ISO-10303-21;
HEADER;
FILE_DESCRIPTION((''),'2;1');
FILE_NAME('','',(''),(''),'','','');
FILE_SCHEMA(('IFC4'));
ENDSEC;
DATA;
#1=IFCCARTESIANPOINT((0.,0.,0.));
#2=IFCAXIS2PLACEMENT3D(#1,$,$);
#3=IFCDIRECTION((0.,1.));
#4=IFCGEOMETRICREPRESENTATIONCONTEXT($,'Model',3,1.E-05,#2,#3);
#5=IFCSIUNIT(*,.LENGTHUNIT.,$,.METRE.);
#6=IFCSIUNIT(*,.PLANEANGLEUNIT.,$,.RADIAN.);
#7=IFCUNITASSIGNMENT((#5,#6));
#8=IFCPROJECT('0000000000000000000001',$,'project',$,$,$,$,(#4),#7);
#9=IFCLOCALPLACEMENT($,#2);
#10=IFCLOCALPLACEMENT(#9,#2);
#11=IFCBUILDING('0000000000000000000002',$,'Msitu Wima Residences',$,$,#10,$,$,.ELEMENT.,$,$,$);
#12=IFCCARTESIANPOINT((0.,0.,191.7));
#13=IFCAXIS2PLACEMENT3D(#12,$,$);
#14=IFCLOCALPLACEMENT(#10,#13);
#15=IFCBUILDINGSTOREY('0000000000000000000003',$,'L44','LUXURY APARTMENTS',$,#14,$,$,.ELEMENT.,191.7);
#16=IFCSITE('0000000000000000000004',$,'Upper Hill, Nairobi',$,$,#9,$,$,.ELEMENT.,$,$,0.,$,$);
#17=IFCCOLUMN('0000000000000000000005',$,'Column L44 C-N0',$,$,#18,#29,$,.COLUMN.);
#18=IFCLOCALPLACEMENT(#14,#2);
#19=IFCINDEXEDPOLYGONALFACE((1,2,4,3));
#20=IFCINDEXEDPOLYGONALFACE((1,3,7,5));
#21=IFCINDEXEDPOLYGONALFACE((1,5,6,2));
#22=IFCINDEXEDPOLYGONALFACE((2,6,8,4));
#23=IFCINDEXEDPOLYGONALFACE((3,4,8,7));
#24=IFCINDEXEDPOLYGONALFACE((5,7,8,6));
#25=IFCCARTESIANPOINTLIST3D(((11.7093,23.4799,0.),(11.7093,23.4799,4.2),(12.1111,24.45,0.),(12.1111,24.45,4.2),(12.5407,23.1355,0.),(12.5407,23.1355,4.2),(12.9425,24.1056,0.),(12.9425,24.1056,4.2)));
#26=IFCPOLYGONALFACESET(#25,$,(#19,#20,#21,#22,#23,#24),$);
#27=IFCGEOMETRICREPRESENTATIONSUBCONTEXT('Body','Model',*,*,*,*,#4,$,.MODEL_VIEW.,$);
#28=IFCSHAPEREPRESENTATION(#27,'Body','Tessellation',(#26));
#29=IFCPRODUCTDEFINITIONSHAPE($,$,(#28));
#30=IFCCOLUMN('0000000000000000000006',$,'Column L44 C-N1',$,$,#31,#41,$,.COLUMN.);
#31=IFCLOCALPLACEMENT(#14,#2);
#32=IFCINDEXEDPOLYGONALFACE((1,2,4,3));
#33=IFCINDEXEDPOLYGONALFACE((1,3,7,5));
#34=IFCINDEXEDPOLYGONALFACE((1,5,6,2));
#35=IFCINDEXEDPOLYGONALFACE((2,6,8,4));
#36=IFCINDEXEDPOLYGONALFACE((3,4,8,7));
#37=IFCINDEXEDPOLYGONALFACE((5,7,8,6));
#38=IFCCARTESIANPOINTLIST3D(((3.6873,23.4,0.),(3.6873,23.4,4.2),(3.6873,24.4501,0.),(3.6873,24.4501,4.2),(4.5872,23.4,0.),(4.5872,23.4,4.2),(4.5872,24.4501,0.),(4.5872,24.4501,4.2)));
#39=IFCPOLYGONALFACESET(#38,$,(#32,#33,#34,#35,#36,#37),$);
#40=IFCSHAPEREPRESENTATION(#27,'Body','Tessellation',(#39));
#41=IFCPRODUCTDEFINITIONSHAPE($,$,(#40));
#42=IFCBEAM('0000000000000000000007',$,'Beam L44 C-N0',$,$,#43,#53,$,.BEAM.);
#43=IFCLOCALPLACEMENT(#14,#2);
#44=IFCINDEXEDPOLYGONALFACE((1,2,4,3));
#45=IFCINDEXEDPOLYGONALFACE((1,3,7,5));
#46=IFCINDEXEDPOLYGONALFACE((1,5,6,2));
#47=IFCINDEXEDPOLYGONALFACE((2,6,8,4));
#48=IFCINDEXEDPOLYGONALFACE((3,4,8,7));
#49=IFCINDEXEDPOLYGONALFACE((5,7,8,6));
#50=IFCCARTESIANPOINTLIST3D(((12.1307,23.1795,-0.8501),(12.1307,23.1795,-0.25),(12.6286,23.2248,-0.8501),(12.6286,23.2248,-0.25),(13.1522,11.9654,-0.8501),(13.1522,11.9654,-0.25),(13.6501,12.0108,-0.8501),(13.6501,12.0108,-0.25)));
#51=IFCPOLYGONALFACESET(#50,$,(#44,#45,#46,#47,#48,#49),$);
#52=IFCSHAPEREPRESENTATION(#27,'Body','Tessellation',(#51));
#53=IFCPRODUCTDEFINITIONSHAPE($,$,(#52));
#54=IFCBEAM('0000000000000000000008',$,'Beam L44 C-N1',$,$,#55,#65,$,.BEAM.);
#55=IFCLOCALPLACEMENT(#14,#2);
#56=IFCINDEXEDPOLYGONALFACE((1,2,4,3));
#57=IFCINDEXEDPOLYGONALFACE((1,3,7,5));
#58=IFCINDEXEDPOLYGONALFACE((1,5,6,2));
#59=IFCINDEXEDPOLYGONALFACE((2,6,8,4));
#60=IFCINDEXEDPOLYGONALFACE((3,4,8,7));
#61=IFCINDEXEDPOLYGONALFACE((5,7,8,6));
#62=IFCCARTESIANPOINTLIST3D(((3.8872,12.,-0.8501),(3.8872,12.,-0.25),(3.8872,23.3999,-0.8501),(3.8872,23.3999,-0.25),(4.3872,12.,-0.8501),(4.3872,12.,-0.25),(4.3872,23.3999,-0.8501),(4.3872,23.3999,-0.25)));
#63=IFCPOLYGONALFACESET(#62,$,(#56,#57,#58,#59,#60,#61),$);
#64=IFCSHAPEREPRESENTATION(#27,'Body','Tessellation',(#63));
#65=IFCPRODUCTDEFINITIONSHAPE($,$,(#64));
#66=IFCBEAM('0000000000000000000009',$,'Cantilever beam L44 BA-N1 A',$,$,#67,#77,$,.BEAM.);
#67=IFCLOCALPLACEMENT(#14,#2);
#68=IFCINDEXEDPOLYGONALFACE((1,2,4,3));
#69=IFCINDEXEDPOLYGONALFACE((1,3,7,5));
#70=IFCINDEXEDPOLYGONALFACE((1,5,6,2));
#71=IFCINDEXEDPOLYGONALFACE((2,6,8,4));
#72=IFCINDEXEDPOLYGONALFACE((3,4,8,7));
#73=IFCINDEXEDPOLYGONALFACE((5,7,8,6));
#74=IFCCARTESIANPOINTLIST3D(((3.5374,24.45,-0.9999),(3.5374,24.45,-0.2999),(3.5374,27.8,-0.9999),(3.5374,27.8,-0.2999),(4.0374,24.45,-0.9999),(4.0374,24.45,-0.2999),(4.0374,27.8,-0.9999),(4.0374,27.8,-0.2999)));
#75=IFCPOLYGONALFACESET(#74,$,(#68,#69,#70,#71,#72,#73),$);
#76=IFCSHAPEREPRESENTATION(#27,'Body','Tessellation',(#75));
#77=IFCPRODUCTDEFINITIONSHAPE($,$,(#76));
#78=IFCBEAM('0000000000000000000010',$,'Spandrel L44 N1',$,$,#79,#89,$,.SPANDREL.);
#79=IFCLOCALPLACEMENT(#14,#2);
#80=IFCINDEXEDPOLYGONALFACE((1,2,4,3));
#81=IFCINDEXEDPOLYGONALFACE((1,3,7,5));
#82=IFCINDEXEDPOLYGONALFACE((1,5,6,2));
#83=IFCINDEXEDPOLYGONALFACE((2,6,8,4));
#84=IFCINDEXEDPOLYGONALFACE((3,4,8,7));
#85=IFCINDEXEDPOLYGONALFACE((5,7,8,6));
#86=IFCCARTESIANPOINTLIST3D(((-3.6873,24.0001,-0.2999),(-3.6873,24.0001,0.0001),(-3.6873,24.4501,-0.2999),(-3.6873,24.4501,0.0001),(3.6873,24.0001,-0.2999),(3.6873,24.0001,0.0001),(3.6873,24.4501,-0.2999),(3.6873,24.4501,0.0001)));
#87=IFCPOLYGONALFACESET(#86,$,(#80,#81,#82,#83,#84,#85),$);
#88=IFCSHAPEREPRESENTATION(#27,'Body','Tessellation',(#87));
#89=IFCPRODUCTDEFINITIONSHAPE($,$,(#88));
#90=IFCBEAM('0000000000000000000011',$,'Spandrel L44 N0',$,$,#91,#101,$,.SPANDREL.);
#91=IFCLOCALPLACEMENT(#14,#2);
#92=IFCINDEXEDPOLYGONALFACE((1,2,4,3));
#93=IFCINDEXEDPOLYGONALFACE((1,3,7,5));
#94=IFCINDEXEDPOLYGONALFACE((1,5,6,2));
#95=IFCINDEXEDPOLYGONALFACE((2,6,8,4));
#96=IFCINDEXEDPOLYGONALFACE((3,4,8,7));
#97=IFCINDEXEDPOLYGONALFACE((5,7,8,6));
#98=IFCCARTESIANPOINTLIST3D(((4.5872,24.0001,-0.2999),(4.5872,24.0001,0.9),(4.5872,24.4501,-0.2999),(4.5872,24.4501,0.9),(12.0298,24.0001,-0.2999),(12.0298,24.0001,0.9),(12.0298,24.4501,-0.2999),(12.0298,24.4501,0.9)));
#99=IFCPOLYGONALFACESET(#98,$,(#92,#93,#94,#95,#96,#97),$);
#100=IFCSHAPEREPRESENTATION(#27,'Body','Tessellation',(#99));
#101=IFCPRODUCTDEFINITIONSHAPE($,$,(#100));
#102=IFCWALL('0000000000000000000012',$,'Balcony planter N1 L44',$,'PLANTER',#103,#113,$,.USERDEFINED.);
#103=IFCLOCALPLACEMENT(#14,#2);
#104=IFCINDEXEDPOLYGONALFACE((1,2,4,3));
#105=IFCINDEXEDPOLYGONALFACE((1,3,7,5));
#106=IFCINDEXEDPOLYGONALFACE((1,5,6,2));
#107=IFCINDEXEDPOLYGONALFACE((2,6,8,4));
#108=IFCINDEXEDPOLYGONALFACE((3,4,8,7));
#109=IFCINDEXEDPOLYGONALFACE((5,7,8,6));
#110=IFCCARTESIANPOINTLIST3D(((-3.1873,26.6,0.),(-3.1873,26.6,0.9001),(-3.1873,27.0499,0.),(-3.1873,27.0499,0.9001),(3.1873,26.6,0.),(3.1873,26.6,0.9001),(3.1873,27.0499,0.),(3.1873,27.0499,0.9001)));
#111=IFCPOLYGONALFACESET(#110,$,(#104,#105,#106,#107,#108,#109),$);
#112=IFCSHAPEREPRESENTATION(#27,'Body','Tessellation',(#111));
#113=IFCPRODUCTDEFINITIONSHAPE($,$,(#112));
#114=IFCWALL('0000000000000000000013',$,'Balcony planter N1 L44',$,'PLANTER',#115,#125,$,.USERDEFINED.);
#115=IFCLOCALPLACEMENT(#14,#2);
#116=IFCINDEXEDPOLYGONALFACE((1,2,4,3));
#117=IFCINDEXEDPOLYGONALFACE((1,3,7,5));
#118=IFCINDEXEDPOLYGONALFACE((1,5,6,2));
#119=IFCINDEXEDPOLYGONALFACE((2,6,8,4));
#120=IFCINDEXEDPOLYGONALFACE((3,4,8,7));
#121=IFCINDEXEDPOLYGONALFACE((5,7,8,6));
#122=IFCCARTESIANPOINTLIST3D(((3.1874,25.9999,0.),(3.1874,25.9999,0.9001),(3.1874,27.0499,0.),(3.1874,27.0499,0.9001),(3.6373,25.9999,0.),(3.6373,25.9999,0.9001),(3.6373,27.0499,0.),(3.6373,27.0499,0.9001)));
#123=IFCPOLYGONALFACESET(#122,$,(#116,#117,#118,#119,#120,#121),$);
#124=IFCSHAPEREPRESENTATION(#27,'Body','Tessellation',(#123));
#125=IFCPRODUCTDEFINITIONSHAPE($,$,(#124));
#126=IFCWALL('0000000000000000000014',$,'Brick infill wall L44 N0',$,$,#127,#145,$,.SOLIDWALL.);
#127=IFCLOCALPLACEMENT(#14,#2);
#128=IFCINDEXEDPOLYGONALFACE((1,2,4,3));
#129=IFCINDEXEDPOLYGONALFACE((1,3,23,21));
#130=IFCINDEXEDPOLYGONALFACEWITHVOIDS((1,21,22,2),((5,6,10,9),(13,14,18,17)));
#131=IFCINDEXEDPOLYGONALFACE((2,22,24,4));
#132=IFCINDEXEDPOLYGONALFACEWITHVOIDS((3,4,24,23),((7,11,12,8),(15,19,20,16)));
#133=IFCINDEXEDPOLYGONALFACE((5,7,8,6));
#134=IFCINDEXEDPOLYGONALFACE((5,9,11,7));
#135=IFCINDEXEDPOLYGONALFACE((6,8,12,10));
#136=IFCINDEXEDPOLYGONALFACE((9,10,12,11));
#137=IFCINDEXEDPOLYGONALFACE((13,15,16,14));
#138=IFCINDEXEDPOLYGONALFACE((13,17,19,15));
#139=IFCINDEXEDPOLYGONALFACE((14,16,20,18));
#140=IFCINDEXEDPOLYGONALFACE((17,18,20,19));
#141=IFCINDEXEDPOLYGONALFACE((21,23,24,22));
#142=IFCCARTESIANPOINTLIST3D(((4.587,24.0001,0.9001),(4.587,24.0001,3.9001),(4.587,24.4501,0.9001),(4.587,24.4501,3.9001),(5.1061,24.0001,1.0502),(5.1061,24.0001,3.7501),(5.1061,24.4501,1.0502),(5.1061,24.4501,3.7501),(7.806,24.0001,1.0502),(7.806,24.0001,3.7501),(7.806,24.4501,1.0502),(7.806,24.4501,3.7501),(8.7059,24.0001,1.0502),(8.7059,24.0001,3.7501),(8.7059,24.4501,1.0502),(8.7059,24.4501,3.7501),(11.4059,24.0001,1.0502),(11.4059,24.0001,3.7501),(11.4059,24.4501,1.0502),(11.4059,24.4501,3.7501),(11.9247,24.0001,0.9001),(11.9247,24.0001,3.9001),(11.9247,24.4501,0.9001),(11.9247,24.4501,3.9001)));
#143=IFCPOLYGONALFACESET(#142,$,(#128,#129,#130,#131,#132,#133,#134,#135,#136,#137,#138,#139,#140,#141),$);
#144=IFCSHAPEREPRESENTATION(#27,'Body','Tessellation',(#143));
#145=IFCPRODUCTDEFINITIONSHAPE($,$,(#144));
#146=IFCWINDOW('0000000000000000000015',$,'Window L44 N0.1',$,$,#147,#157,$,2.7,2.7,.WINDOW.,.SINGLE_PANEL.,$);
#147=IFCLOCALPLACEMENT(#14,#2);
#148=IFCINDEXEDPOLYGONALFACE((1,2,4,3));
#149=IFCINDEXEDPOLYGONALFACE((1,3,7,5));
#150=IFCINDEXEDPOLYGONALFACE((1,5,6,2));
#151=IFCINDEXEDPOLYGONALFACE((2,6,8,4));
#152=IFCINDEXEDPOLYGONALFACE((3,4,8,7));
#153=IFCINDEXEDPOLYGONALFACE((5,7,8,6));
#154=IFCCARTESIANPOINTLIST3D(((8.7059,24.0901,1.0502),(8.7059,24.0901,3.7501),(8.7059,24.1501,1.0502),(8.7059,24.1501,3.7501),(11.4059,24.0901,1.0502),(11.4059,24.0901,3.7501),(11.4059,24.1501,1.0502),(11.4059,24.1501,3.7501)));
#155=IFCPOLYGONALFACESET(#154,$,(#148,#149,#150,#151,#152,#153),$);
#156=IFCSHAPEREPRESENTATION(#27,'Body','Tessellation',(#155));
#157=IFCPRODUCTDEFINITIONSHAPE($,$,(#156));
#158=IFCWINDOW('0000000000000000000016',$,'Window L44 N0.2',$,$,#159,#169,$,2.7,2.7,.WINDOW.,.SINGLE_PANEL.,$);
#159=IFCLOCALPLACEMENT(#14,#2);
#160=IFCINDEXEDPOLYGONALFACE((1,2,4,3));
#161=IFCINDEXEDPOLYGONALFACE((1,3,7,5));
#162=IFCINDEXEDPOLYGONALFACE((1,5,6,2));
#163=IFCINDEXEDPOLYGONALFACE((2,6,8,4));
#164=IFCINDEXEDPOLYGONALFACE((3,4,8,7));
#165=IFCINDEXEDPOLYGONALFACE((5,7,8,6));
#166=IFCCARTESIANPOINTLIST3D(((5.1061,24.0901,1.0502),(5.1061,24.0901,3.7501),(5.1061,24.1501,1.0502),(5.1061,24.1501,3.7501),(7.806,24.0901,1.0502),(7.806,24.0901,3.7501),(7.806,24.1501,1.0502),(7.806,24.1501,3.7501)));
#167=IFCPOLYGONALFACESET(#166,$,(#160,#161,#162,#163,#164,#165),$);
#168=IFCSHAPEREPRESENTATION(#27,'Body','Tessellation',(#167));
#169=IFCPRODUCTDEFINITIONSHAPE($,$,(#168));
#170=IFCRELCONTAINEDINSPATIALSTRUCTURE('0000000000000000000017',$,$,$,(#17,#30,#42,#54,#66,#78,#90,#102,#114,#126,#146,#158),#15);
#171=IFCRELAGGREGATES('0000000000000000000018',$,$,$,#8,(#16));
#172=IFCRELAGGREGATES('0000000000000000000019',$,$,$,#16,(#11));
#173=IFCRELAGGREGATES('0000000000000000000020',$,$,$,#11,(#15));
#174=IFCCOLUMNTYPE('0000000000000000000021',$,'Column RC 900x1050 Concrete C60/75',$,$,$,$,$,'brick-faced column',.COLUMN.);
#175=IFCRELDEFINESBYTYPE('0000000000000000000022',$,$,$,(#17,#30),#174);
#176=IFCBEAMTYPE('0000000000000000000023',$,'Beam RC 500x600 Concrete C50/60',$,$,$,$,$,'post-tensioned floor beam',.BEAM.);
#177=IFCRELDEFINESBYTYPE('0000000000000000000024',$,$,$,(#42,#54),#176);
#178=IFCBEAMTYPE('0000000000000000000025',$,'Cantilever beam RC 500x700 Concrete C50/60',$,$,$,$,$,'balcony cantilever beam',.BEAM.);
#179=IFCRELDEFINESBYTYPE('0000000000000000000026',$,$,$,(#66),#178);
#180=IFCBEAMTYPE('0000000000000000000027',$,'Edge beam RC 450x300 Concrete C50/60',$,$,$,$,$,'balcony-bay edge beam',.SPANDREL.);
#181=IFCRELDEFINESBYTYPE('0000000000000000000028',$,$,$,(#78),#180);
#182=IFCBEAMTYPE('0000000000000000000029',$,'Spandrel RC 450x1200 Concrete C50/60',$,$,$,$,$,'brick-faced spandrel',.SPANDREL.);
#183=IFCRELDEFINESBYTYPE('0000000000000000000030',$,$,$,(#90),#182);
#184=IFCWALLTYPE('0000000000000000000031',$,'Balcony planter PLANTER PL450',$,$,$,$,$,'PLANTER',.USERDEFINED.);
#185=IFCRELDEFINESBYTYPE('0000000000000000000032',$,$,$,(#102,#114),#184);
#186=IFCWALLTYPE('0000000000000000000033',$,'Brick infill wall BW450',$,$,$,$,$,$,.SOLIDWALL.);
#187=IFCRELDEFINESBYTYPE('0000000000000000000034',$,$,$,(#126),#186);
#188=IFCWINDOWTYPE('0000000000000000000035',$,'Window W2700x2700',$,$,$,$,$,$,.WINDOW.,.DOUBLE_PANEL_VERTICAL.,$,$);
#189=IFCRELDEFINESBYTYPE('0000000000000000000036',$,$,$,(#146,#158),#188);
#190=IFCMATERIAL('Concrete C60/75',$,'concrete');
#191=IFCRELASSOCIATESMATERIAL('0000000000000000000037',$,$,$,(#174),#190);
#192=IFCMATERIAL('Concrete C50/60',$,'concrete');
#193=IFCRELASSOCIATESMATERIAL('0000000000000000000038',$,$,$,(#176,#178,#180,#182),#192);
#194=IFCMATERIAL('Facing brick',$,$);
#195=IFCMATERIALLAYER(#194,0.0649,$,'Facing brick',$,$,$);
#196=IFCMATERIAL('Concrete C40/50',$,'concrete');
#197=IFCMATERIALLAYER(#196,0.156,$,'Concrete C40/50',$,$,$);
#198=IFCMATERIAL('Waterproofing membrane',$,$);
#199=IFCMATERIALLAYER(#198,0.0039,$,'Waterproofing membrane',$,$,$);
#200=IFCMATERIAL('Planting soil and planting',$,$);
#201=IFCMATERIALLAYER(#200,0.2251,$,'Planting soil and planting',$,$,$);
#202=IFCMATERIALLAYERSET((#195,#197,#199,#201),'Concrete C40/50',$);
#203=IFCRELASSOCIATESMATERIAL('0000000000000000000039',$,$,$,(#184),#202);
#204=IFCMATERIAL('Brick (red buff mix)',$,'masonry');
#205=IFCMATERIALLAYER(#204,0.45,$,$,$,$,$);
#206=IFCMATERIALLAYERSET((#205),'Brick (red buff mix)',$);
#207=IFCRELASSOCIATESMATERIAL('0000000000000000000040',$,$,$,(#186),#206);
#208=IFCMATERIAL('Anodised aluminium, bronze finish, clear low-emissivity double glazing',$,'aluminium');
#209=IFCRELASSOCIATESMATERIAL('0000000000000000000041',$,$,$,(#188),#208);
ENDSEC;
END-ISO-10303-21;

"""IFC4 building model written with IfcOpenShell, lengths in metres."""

from ifc_helpers import new_model, si_unit, direction, frame, frame_2d, origin, origin_2d, place, context, subcontext, project, spatial, rectangle, extrude, material, layer, layer_set, material_profile, profile_set, type_object, element, fill, save


model = new_model("IFC4")

# Units and contexts
model_context = context("Model", 3, precision=1e-05, world=origin(), true_north=direction((0.0, 1.0)))
body_context = subcontext(model_context, "Body", "Model", "MODEL_VIEW")
ifc_project = project(units=[si_unit("LENGTHUNIT", "METRE"), si_unit("PLANEANGLEUNIT", "RADIAN")], contexts=[model_context])

# Site, building, storey
site_placement = place(None, origin())
site = spatial("IfcSite", under=ifc_project, at=site_placement, Name="Upper Hill, Nairobi", CompositionType="ELEMENT", RefElevation=0.0)
building_placement = place(site_placement, origin())
building = spatial("IfcBuilding", under=site, at=building_placement, Name="Msitu Wima Residences", CompositionType="ELEMENT")
storey_placement = place(building_placement, frame((0.0, 0.0, 191.7)))
storey = spatial("IfcBuildingStorey", under=building, at=storey_placement, Name="L44", Description="LUXURY APARTMENTS", CompositionType="ELEMENT", Elevation=191.7)

# Columns
ifc_material_1 = material(Name="Concrete C60/75", Category="concrete")
ifc_material_profile_1 = material_profile(ifc_material_1, rectangle(XDim=0.8999, YDim=1.05, at=origin_2d()), Name="RC 900x1050")
ifc_profile_set_1 = profile_set([ifc_material_profile_1], Name="Concrete C60/75")
column_type = type_object("IfcColumnType", Name="Column RC 900x1050 Concrete C60/75", ElementType="brick-faced column", PredefinedType="COLUMN", material=ifc_profile_set_1)
for number, where, z_axis, x_axis, name in (
    (1, (12.3259, 23.7927, 0.0), (0.0, 0.0, 1.0), (-0.92388, 0.382683, 0.0), "Column L44 C-N0"),
    (2, (4.1372, 23.925, 0.0), (0.0, 0.0, 1.0), (-1.0, 0.0, 0.0), "Column L44 C-N1"),
):
    element("IfcColumn", number, at=place(storey_placement, frame(where, z_axis=z_axis, x_axis=x_axis)), inside=storey, type_object=column_type, Name=name, PredefinedType="COLUMN", context=body_context, shape_type="SweptSolid", body=[
        extrude(rectangle(XDim=0.8999, YDim=1.05, at=origin_2d()), origin(), (0.0, 0.0, 1.0), 4.2),
    ])

# Beams
ifc_material_2 = material(Name="Concrete C50/60", Category="concrete")
ifc_material_profile_2 = material_profile(ifc_material_2, rectangle(XDim=0.5, YDim=0.6001, at=origin_2d()), Name="RC 500x600")
ifc_profile_set_2 = profile_set([ifc_material_profile_2], Name="Concrete C50/60")
beam_type_1 = type_object("IfcBeamType", Name="Beam RC 500x600 Concrete C50/60", ElementType="post-tensioned floor beam", PredefinedType="BEAM", material=ifc_profile_set_2)
beam_1_placement = place(storey_placement, frame((12.3796, 23.2021, -0.55), z_axis=(0.090714, -0.995877, 0.0), x_axis=(0.995877, 0.090714, 0.0)))
element("IfcBeam", 3, at=beam_1_placement, inside=storey, type_object=beam_type_1, Name="Beam L44 C-N0", PredefinedType="BEAM", context=body_context, shape_type="SweptSolid", body=[
    extrude(rectangle(XDim=0.5, YDim=0.6001, at=origin_2d()), origin(), (0.0, 0.0, 1.0), 11.2605),
])
beam_2_placement = place(storey_placement, frame((4.1372, 23.3999, -0.55), z_axis=(0.0, -1.0, 0.0), x_axis=(1.0, 0.0, 0.0)))
element("IfcBeam", 4, at=beam_2_placement, inside=storey, type_object=beam_type_1, Name="Beam L44 C-N1", PredefinedType="BEAM", context=body_context, shape_type="SweptSolid", body=[
    extrude(rectangle(XDim=0.5, YDim=0.6001, at=origin_2d()), origin(), (0.0, 0.0, 1.0), 11.3999),
])
ifc_material_profile_3 = material_profile(ifc_material_2, rectangle(XDim=0.5, YDim=0.7, at=origin_2d()), Name="RC 500x700")
ifc_profile_set_3 = profile_set([ifc_material_profile_3], Name="Concrete C50/60")
beam_type_2 = type_object("IfcBeamType", Name="Cantilever beam RC 500x700 Concrete C50/60", ElementType="balcony cantilever beam", PredefinedType="BEAM", material=ifc_profile_set_3)
beam_3_placement = place(storey_placement, frame((3.7874, 24.45, -0.6499), z_axis=(0.0, 1.0, 0.0), x_axis=(-1.0, 0.0, 0.0)))
element("IfcBeam", 5, at=beam_3_placement, inside=storey, type_object=beam_type_2, Name="Cantilever beam L44 BA-N1 A", PredefinedType="BEAM", context=body_context, shape_type="SweptSolid", body=[
    extrude(rectangle(XDim=0.5, YDim=0.7, at=origin_2d()), origin(), (0.0, 0.0, 1.0), 3.3501),
])
ifc_material_profile_4 = material_profile(ifc_material_2, rectangle(XDim=0.45, YDim=0.3, at=origin_2d()), Name="RC 450x300")
ifc_profile_set_4 = profile_set([ifc_material_profile_4], Name="Concrete C50/60")
beam_type_3 = type_object("IfcBeamType", Name="Edge beam RC 450x300 Concrete C50/60", ElementType="balcony-bay edge beam", PredefinedType="SPANDREL", material=ifc_profile_set_4)
beam_4_placement = place(storey_placement, frame((3.6873, 24.2251, -0.1499), z_axis=(-1.0, 0.0, 0.0), x_axis=(0.0, -1.0, 0.0)))
element("IfcBeam", 6, at=beam_4_placement, inside=storey, type_object=beam_type_3, Name="Spandrel L44 N1", PredefinedType="SPANDREL", context=body_context, shape_type="SweptSolid", body=[
    extrude(rectangle(XDim=0.45, YDim=0.3, at=origin_2d()), origin(), (0.0, 0.0, 1.0), 7.3745),
])
ifc_material_profile_5 = material_profile(ifc_material_2, rectangle(XDim=0.45, YDim=1.2, at=origin_2d()), Name="RC 450x1200")
ifc_profile_set_5 = profile_set([ifc_material_profile_5], Name="Concrete C50/60")
beam_type_4 = type_object("IfcBeamType", Name="Spandrel RC 450x1200 Concrete C50/60", ElementType="brick-faced spandrel", PredefinedType="SPANDREL", material=ifc_profile_set_5)
beam_5_placement = place(storey_placement, frame((12.0298, 24.2251, 0.3), z_axis=(-1.0, 0.0, 0.0), x_axis=(0.0, -1.0, 0.0)))
element("IfcBeam", 7, at=beam_5_placement, inside=storey, type_object=beam_type_4, Name="Spandrel L44 N0", PredefinedType="SPANDREL", context=body_context, shape_type="SweptSolid", body=[
    extrude(rectangle(XDim=0.45, YDim=1.2, at=origin_2d()), origin(), (0.0, 0.0, 1.0), 7.4426),
])

# Walls
ifc_material_3 = material(Name="Facing brick")
ifc_layer_1 = layer(ifc_material_3, 0.0649, Name="Facing brick")
ifc_material_4 = material(Name="Concrete C40/50", Category="concrete")
ifc_layer_2 = layer(ifc_material_4, 0.156, Name="Concrete C40/50")
ifc_material_5 = material(Name="Waterproofing membrane")
ifc_layer_3 = layer(ifc_material_5, 0.0039, Name="Waterproofing membrane")
ifc_material_6 = material(Name="Planting soil and planting")
ifc_layer_4 = layer(ifc_material_6, 0.2251, Name="Planting soil and planting")
ifc_layer_set_1 = layer_set([ifc_layer_1, ifc_layer_2, ifc_layer_3, ifc_layer_4], Name="Concrete C40/50")
wall_type_1 = type_object("IfcWallType", Name="Balcony planter PLANTER PL450", ElementType="PLANTER", PredefinedType="USERDEFINED", material=ifc_layer_set_1)
wall_1_placement = place(storey_placement, frame((3.1873, 26.825, 0.0), z_axis=(0.0, 0.0, 1.0), x_axis=(-1.0, 0.0, 0.0)))
element("IfcWall", 8, at=wall_1_placement, inside=storey, type_object=wall_type_1, Name="Balcony planter N1 L44", ObjectType="PLANTER", PredefinedType="USERDEFINED", context=body_context, shape_type="SweptSolid", body=[
    extrude(rectangle(XDim=6.3745, YDim=0.45, at=frame_2d((3.1873, 0.0))), origin(), (0.0, 0.0, 1.0), 0.9001),
])
wall_2_placement = place(storey_placement, frame((3.4124, 26.0, 0.0), z_axis=(0.0, 0.0, 1.0), x_axis=(0.0, 1.0, 0.0)))
element("IfcWall", 9, at=wall_2_placement, inside=storey, type_object=wall_type_1, Name="Balcony planter N1 L44", ObjectType="PLANTER", PredefinedType="USERDEFINED", context=body_context, shape_type="SweptSolid", body=[
    extrude(rectangle(XDim=1.05, YDim=0.45, at=frame_2d((0.5249, 0.0))), origin(), (0.0, 0.0, 1.0), 0.9001),
])

# Wall, openings, windows
ifc_material_7 = material(Name="Brick (red buff mix)", Category="masonry")
ifc_layer_5 = layer(ifc_material_7, 0.45)
ifc_layer_set_2 = layer_set([ifc_layer_5], Name="Brick (red buff mix)")
wall_type_2 = type_object("IfcWallType", Name="Brick infill wall BW450", PredefinedType="SOLIDWALL", material=ifc_layer_set_2)
wall_3_placement = place(storey_placement, frame((11.9248, 24.2251, 0.9001), z_axis=(0.0, 0.0, 1.0), x_axis=(-1.0, 0.0, 0.0)))
wall_3 = element("IfcWall", 10, at=wall_3_placement, inside=storey, type_object=wall_type_2, Name="Brick infill wall L44 N0", PredefinedType="SOLIDWALL", context=body_context, shape_type="SweptSolid", body=[
    extrude(rectangle(XDim=7.3376, YDim=0.45, at=frame_2d((3.6689, 0.0))), origin(), (0.0, 0.0, 1.0), 3.0),
])
opening_1_placement = place(wall_3_placement, frame((0.5188, 0.0, 0.1499)))
opening_1 = element("IfcOpeningElement", 11, at=opening_1_placement, cuts=wall_3, PredefinedType="OPENING", context=body_context, shape_type="SweptSolid", body=[
    extrude(rectangle(XDim=2.7, YDim=2.7, at=frame_2d((1.3501, 1.3501))), frame((0.0, 0.2349, 0.0), z_axis=(0.0, -1.0, 0.0), x_axis=(1.0, 0.0, 0.0)), (0.0, 0.0, 1.0), 0.47),
])
opening_2_placement = place(wall_3_placement, frame((4.1187, 0.0, 0.1499)))
opening_2 = element("IfcOpeningElement", 12, at=opening_2_placement, cuts=wall_3, PredefinedType="OPENING", context=body_context, shape_type="SweptSolid", body=[
    extrude(rectangle(XDim=2.7, YDim=2.7, at=frame_2d((1.3501, 1.3501))), frame((0.0, 0.2349, 0.0), z_axis=(0.0, -1.0, 0.0), x_axis=(1.0, 0.0, 0.0)), (0.0, 0.0, 1.0), 0.47),
])
ifc_material_8 = material(Name="Anodised aluminium, bronze finish, clear low-emissivity double glazing", Category="aluminium")
window_type = type_object("IfcWindowType", Name="Window W2700x2700", PartitioningType="DOUBLE_PANEL_VERTICAL", PredefinedType="WINDOW", material=ifc_material_8)
window_1_placement = place(opening_1_placement, origin())
window_1 = element("IfcWindow", 13, at=window_1_placement, inside=storey, type_object=window_type, Name="Window L44 N0.1", OverallHeight=2.7, OverallWidth=2.7, PartitioningType="SINGLE_PANEL", PredefinedType="WINDOW", context=body_context, shape_type="SweptSolid", body=[
    extrude(rectangle(XDim=2.7, YDim=2.7, at=frame_2d((1.3501, 1.3501))), frame((0.0, 0.135, 0.0), z_axis=(0.0, -1.0, 0.0), x_axis=(1.0, 0.0, 0.0)), (0.0, 0.0, 1.0), 0.0601),
])
fill(opening_1, window_1)
window_2_placement = place(opening_2_placement, origin())
window_2 = element("IfcWindow", 14, at=window_2_placement, inside=storey, type_object=window_type, Name="Window L44 N0.2", OverallHeight=2.7, OverallWidth=2.7, PartitioningType="SINGLE_PANEL", PredefinedType="WINDOW", context=body_context, shape_type="SweptSolid", body=[
    extrude(rectangle(XDim=2.7, YDim=2.7, at=frame_2d((1.3501, 1.3501))), frame((0.0, 0.135, 0.0), z_axis=(0.0, -1.0, 0.0), x_axis=(1.0, 0.0, 0.0)), (0.0, 0.0, 1.0), 0.0601),
])
fill(opening_2, window_2)

save(model, "model.ifc")
